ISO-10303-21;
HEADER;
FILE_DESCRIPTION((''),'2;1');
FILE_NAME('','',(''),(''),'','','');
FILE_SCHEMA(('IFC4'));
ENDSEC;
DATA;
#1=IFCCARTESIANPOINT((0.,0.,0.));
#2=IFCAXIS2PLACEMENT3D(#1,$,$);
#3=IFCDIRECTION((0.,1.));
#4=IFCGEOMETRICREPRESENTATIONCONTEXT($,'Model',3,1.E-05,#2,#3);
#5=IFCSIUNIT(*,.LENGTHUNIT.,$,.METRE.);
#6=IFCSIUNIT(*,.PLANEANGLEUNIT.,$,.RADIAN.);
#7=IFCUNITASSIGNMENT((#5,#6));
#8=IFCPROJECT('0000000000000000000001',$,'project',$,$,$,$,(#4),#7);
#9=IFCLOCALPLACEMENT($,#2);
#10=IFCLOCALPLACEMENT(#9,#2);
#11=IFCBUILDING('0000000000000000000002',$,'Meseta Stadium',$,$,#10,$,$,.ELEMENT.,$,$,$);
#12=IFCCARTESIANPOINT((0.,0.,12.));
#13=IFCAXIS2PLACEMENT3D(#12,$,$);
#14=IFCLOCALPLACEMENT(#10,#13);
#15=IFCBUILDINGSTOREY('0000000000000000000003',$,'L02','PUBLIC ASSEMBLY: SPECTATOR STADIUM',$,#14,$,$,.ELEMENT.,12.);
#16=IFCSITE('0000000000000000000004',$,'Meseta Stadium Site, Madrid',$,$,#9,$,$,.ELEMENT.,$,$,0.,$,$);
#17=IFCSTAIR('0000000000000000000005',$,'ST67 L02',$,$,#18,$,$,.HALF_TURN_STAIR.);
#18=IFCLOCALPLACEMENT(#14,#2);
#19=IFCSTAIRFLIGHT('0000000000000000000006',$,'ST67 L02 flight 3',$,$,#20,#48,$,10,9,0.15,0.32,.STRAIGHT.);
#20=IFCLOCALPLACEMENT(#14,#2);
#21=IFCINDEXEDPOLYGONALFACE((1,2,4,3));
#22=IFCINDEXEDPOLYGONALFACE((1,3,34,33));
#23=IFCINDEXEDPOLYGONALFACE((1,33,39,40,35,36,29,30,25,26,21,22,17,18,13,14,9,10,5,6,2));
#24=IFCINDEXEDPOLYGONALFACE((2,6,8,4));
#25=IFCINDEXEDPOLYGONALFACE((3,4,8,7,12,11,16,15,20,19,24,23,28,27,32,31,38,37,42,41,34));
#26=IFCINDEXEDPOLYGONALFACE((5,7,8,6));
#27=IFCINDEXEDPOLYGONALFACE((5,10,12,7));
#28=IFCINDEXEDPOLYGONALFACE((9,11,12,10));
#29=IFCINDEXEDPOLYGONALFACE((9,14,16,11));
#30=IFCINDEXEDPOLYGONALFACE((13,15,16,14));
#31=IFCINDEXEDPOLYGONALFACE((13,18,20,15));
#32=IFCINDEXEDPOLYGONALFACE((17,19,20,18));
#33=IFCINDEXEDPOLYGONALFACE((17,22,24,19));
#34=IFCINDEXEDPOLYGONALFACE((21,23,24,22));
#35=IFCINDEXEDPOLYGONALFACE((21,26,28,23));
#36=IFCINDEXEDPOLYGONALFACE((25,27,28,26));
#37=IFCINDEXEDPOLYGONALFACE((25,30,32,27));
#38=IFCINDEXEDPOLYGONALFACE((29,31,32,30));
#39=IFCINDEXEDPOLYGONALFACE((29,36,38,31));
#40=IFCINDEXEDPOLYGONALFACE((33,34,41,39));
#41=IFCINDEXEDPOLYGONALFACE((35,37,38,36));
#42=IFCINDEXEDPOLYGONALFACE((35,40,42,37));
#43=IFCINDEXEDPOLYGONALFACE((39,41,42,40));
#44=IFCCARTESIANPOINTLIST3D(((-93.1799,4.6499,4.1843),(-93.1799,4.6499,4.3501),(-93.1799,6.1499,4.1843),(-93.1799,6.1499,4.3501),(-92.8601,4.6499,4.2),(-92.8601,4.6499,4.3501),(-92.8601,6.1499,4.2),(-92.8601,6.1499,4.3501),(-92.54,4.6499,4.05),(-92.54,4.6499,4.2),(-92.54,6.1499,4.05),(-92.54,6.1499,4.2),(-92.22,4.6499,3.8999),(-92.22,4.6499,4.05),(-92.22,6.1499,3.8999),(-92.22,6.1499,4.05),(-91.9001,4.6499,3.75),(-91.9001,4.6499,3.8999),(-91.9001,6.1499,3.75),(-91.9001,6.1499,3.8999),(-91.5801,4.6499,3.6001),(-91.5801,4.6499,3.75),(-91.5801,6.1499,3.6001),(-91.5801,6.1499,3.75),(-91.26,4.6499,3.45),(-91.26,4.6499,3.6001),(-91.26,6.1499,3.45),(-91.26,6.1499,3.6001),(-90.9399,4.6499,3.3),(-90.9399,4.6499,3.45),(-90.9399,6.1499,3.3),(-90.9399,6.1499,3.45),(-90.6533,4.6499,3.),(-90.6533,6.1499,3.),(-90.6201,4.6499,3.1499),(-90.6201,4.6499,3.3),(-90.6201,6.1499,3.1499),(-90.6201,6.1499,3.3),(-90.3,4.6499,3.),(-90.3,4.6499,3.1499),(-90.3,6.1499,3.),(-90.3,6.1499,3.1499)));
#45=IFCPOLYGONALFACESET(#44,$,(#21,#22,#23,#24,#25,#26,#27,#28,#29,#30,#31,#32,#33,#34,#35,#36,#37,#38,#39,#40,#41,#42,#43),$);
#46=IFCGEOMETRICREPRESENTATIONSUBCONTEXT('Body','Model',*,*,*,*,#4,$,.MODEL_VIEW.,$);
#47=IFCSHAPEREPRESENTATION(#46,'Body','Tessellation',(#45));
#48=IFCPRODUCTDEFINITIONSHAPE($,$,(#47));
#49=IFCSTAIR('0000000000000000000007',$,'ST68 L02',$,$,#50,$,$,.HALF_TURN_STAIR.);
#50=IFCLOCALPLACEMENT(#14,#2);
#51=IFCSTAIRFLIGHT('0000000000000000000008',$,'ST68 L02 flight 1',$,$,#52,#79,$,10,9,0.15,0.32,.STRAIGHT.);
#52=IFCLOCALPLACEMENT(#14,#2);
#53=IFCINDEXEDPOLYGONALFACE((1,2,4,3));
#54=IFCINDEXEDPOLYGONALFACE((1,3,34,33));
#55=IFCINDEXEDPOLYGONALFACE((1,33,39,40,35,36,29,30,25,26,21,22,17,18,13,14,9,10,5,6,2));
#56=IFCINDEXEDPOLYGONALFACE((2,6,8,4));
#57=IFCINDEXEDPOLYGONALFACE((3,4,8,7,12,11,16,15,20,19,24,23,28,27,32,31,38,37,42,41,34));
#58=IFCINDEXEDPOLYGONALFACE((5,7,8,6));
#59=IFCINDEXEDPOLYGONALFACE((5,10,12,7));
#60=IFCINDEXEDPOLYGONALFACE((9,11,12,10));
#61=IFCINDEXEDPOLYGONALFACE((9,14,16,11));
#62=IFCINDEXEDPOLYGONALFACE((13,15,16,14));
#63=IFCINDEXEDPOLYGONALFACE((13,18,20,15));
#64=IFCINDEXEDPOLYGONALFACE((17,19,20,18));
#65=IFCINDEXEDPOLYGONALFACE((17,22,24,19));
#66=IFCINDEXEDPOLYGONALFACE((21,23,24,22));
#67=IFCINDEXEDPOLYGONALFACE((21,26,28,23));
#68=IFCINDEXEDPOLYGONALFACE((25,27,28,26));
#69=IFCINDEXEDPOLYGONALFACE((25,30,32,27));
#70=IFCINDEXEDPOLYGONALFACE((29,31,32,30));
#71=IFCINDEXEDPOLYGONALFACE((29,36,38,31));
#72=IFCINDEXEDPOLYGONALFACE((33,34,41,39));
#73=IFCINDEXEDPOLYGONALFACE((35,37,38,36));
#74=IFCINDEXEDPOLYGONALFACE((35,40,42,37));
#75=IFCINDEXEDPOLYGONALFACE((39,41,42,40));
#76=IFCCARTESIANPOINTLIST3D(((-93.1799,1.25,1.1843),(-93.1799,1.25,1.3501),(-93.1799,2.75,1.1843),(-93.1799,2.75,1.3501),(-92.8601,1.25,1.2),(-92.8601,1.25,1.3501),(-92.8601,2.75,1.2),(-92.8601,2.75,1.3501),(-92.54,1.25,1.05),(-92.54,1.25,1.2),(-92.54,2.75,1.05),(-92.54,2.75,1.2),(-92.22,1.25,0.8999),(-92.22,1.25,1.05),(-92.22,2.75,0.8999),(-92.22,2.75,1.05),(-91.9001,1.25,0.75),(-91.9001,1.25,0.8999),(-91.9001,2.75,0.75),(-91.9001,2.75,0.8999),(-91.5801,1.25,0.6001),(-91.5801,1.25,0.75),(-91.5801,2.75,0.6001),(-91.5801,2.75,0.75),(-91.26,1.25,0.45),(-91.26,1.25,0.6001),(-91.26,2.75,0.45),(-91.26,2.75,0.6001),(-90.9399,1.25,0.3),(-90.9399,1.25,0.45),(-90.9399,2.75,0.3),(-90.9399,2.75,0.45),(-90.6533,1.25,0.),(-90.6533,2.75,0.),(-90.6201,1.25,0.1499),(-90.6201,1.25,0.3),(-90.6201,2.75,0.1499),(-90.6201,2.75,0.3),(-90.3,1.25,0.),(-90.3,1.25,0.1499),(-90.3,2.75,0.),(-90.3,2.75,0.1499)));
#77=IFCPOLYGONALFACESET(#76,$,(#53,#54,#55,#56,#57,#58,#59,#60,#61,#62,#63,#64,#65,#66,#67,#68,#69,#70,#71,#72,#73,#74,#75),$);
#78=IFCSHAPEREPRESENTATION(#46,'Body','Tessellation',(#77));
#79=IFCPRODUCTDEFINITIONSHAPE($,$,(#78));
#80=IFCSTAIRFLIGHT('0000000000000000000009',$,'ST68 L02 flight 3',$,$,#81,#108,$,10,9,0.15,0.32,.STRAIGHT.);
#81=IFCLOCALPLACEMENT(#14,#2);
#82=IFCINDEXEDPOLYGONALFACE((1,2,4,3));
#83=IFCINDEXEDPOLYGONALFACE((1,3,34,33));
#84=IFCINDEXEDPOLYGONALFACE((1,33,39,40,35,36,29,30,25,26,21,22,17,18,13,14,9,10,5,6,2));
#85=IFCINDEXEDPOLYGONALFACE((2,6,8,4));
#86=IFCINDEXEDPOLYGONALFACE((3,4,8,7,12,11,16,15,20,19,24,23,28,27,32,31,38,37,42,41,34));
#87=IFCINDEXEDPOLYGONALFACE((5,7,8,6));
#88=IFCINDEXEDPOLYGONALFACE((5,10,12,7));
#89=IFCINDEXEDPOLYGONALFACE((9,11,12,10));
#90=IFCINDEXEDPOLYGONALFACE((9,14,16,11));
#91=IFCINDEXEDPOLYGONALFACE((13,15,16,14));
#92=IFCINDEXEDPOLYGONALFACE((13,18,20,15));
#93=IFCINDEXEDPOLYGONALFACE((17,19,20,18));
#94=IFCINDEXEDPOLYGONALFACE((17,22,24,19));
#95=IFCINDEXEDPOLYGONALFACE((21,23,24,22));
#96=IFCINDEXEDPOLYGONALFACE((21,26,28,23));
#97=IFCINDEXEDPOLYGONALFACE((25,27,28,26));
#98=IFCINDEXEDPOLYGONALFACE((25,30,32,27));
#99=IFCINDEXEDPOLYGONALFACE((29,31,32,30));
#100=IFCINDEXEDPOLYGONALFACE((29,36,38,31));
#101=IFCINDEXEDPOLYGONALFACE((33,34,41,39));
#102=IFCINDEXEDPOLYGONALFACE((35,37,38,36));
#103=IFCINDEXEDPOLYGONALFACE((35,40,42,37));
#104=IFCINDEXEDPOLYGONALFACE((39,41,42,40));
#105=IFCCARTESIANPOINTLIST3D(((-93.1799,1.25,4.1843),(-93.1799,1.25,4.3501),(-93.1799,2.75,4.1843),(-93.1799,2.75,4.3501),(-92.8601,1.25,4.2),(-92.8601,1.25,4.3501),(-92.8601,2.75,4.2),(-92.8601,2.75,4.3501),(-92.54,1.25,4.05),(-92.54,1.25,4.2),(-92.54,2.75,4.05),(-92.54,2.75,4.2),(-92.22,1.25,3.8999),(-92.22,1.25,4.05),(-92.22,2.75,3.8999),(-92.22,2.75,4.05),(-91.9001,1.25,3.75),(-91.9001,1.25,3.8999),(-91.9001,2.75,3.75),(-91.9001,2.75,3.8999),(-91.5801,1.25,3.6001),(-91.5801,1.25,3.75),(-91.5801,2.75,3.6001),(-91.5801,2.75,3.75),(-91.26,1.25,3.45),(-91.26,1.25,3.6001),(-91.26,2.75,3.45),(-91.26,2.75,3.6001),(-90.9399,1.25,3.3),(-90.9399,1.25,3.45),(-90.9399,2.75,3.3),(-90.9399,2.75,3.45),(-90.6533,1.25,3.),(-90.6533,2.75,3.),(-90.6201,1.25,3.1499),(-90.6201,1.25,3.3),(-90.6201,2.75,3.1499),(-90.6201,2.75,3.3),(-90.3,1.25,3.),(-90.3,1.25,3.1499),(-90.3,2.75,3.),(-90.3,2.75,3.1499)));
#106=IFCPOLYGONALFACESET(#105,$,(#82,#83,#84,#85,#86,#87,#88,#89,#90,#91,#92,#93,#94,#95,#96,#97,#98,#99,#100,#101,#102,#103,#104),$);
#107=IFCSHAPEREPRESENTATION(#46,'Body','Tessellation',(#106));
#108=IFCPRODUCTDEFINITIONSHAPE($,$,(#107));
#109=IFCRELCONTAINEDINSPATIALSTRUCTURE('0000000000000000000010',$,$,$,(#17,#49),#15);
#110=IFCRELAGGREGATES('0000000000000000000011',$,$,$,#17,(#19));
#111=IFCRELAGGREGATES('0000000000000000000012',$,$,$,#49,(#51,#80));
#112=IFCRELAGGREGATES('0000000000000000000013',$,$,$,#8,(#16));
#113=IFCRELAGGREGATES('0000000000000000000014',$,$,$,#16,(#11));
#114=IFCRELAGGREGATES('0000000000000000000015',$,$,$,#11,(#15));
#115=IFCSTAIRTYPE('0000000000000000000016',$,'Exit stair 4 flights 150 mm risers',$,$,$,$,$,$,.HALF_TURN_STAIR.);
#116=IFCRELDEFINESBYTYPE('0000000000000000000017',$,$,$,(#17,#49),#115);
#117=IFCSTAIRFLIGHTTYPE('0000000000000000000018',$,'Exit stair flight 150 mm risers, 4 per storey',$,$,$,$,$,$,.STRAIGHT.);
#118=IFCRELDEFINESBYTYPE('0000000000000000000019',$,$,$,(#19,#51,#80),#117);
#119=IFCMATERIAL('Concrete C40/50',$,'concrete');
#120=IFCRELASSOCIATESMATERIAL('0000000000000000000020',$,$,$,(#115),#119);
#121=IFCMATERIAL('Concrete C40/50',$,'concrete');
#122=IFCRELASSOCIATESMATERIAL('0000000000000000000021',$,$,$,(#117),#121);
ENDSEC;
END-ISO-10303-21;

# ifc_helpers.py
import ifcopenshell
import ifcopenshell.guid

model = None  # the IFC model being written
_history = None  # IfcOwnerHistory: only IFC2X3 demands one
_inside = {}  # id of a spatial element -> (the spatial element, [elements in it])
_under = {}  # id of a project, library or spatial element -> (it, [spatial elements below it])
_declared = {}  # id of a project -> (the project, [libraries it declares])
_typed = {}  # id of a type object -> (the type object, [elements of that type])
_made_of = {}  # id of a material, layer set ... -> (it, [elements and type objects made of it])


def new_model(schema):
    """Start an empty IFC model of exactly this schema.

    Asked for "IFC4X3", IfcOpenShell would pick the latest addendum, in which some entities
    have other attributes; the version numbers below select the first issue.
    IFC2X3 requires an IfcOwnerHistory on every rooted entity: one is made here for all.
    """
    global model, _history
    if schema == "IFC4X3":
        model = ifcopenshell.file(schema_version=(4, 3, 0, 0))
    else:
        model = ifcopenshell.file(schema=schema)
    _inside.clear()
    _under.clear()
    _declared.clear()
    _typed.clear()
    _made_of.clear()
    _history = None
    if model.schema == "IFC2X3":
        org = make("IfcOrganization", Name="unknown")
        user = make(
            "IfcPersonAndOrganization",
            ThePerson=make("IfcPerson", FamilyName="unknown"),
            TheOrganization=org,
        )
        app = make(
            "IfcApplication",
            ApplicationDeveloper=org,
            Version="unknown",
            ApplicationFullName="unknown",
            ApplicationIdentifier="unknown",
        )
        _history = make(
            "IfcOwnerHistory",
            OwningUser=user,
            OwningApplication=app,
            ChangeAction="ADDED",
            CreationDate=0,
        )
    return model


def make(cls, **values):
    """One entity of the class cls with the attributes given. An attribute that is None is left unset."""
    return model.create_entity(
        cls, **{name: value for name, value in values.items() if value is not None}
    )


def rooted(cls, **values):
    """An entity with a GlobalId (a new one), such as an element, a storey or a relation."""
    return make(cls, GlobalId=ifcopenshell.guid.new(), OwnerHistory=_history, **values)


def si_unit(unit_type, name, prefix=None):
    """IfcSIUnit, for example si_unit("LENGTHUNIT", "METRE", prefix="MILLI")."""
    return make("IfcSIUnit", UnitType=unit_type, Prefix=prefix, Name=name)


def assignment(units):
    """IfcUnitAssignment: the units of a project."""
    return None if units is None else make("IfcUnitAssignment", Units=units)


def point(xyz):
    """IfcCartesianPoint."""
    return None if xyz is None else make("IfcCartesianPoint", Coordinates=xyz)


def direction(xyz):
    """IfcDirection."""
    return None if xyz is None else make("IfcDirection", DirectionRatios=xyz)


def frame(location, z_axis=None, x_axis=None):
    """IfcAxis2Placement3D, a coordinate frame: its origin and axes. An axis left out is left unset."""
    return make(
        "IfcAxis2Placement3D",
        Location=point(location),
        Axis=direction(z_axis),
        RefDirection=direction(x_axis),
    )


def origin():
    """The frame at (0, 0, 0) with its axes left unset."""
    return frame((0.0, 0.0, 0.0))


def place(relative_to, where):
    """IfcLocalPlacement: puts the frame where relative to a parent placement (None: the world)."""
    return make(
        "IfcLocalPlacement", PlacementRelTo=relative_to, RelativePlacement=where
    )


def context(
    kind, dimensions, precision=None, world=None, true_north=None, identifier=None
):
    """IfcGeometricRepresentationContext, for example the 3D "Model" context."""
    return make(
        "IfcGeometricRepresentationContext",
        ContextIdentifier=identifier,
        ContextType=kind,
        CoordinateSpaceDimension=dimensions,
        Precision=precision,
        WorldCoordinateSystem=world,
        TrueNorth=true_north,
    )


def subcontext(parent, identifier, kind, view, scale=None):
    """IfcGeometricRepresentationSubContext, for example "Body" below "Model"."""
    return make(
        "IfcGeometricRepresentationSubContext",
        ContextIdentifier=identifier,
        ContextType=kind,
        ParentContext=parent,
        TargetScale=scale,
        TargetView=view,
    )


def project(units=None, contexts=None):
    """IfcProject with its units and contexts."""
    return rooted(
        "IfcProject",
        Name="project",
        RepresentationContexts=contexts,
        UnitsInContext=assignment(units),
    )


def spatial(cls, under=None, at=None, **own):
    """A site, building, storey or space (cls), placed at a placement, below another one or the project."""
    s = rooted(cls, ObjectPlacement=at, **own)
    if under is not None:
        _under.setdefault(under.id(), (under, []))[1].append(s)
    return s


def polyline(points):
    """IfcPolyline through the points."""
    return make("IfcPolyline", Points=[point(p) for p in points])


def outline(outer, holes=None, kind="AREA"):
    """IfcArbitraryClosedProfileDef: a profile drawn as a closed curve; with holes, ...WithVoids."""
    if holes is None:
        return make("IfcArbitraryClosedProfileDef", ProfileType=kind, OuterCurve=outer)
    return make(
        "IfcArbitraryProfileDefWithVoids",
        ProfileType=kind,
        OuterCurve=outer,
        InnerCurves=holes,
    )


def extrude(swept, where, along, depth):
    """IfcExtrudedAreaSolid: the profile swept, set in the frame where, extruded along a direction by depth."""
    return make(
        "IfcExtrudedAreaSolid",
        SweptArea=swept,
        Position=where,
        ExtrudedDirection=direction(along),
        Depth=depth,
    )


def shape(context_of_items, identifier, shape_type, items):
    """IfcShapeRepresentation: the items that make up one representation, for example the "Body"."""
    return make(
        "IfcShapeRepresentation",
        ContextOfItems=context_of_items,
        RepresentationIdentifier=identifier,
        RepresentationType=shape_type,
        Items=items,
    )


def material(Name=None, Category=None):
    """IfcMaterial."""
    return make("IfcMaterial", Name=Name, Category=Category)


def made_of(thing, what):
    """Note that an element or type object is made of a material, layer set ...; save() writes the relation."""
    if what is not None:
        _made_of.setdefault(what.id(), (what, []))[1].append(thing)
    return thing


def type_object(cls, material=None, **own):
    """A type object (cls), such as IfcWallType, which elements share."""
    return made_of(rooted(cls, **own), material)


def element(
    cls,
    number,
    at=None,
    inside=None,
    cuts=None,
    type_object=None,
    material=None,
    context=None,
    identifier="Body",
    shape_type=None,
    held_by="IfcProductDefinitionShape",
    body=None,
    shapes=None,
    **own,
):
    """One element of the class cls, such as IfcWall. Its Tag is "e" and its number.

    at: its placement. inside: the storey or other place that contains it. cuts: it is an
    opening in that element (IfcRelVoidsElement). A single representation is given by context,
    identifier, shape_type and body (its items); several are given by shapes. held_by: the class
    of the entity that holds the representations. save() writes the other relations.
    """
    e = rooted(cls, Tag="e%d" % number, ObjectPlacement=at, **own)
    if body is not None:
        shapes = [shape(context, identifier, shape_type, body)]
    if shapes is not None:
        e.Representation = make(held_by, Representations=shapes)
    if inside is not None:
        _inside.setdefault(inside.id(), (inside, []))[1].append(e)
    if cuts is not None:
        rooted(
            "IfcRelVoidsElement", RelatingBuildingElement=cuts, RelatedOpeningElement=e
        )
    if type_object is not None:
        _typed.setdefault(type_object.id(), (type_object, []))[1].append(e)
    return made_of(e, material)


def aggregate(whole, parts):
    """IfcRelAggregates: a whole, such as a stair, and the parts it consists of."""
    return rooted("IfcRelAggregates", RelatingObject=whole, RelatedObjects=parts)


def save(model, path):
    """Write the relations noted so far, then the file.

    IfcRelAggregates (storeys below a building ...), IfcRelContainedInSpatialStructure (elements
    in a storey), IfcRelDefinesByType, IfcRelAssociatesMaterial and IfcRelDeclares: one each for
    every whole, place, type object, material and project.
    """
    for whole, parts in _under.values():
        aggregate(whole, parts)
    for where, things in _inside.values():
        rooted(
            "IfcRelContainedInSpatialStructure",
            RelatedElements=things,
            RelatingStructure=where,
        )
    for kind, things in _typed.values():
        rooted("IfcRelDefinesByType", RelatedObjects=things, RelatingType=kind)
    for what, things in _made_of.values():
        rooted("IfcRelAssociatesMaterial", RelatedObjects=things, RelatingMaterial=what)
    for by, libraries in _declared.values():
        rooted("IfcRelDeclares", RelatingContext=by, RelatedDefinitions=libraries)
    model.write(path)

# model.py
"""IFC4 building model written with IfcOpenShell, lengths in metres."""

from ifc_helpers import new_model, si_unit, direction, frame, origin, place, context, subcontext, project, spatial, polyline, outline, extrude, material, type_object, element, aggregate, save


model = new_model("IFC4")

# Units and contexts
model_context = context("Model", 3, precision=1e-05, world=origin(), true_north=direction((0.0, 1.0)))
body_context = subcontext(model_context, "Body", "Model", "MODEL_VIEW")
ifc_project = project(units=[si_unit("LENGTHUNIT", "METRE"), si_unit("PLANEANGLEUNIT", "RADIAN")], contexts=[model_context])

# Site, building, storey
site_placement = place(None, origin())
site = spatial("IfcSite", under=ifc_project, at=site_placement, Name="Meseta Stadium Site, Madrid", CompositionType="ELEMENT", RefElevation=0.0)
building_placement = place(site_placement, origin())
building = spatial("IfcBuilding", under=site, at=building_placement, Name="Meseta Stadium", CompositionType="ELEMENT")
storey_placement = place(building_placement, frame((0.0, 0.0, 12.0)))
storey = spatial("IfcBuildingStorey", under=building, at=storey_placement, Name="L02", Description="PUBLIC ASSEMBLY: SPECTATOR STADIUM", CompositionType="ELEMENT", Elevation=12.0)

# Stairs, stair flights
ifc_material_1 = material(Name="Concrete C40/50", Category="concrete")
stair_type = type_object("IfcStairType", Name="Exit stair 4 flights 150 mm risers", PredefinedType="HALF_TURN_STAIR", material=ifc_material_1)
ifc_material_2 = material(Name="Concrete C40/50", Category="concrete")
stair_flight_type = type_object("IfcStairFlightType", Name="Exit stair flight 150 mm risers, 4 per storey", PredefinedType="STRAIGHT", material=ifc_material_2)
stair_1_placement = place(storey_placement, origin())
stair_1 = element("IfcStair", 1, at=stair_1_placement, inside=storey, type_object=stair_type, Name="ST67 L02", PredefinedType="HALF_TURN_STAIR")
stair_flight_1_placement = place(storey_placement, frame((-90.3, 5.3999, 3.0), z_axis=(0.0, 0.0, 1.0), x_axis=(-1.0, 0.0, 0.0)))
stair_flight_1 = element("IfcStairFlight", 2, at=stair_flight_1_placement, type_object=stair_flight_type, Name="ST67 L02 flight 3", NumberOfRisers=10, NumberOfTreads=9, PredefinedType="STRAIGHT", RiserHeight=0.15, TreadLength=0.32, context=body_context, shape_type="SweptSolid", body=[
    extrude(outline(polyline([(0.0, 0.0), (0.0, 0.1499), (0.3201, 0.1499), (0.3201, 0.3), (0.6399, 0.3), (0.6399, 0.45), (0.96, 0.45), (0.96, 0.6001), (1.28, 0.6001), (1.28, 0.75), (1.6001, 0.75), (1.6001, 0.8999), (1.9199, 0.8999), (1.9199, 1.05), (2.24, 1.05), (2.24, 1.2), (2.5601, 1.2), (2.5601, 1.3501), (2.8799, 1.3501), (2.8799, 1.1843), (0.3533, 0.0), (0.0, 0.0)])), frame((0.0, 0.75, 0.0), z_axis=(0.0, -1.0, 0.0), x_axis=(1.0, 0.0, 0.0)), (0.0, 0.0, 1.0), 1.5),
])
aggregate(stair_1, [stair_flight_1])
stair_2_placement = place(storey_placement, origin())
stair_2 = element("IfcStair", 3, at=stair_2_placement, inside=storey, type_object=stair_type, Name="ST68 L02", PredefinedType="HALF_TURN_STAIR")
stair_flight_2_placement = place(storey_placement, frame((-90.3, 2.0, 0.0), z_axis=(0.0, 0.0, 1.0), x_axis=(-1.0, 0.0, 0.0)))
stair_flight_2 = element("IfcStairFlight", 4, at=stair_flight_2_placement, type_object=stair_flight_type, Name="ST68 L02 flight 1", NumberOfRisers=10, NumberOfTreads=9, PredefinedType="STRAIGHT", RiserHeight=0.15, TreadLength=0.32, context=body_context, shape_type="SweptSolid", body=[
    extrude(outline(polyline([(0.0, 0.0), (0.0, 0.1499), (0.3201, 0.1499), (0.3201, 0.3), (0.6399, 0.3), (0.6399, 0.45), (0.96, 0.45), (0.96, 0.6001), (1.28, 0.6001), (1.28, 0.75), (1.6001, 0.75), (1.6001, 0.8999), (1.9199, 0.8999), (1.9199, 1.05), (2.24, 1.05), (2.24, 1.2), (2.5601, 1.2), (2.5601, 1.3501), (2.8799, 1.3501), (2.8799, 1.1843), (0.3533, 0.0), (0.0, 0.0)])), frame((0.0, 0.75, 0.0), z_axis=(0.0, -1.0, 0.0), x_axis=(1.0, 0.0, 0.0)), (0.0, 0.0, 1.0), 1.5),
])
stair_flight_3_placement = place(storey_placement, frame((-90.3, 2.0, 3.0), z_axis=(0.0, 0.0, 1.0), x_axis=(-1.0, 0.0, 0.0)))
stair_flight_3 = element("IfcStairFlight", 5, at=stair_flight_3_placement, type_object=stair_flight_type, Name="ST68 L02 flight 3", NumberOfRisers=10, NumberOfTreads=9, PredefinedType="STRAIGHT", RiserHeight=0.15, TreadLength=0.32, context=body_context, shape_type="SweptSolid", body=[
    extrude(outline(polyline([(0.0, 0.0), (0.0, 0.1499), (0.3201, 0.1499), (0.3201, 0.3), (0.6399, 0.3), (0.6399, 0.45), (0.96, 0.45), (0.96, 0.6001), (1.28, 0.6001), (1.28, 0.75), (1.6001, 0.75), (1.6001, 0.8999), (1.9199, 0.8999), (1.9199, 1.05), (2.24, 1.05), (2.24, 1.2), (2.5601, 1.2), (2.5601, 1.3501), (2.8799, 1.3501), (2.8799, 1.1843), (0.3533, 0.0), (0.0, 0.0)])), frame((0.0, 0.75, 0.0), z_axis=(0.0, -1.0, 0.0), x_axis=(1.0, 0.0, 0.0)), (0.0, 0.0, 1.0), 1.5),
])
aggregate(stair_2, [stair_flight_2, stair_flight_3])

save(model, "model.ifc")
